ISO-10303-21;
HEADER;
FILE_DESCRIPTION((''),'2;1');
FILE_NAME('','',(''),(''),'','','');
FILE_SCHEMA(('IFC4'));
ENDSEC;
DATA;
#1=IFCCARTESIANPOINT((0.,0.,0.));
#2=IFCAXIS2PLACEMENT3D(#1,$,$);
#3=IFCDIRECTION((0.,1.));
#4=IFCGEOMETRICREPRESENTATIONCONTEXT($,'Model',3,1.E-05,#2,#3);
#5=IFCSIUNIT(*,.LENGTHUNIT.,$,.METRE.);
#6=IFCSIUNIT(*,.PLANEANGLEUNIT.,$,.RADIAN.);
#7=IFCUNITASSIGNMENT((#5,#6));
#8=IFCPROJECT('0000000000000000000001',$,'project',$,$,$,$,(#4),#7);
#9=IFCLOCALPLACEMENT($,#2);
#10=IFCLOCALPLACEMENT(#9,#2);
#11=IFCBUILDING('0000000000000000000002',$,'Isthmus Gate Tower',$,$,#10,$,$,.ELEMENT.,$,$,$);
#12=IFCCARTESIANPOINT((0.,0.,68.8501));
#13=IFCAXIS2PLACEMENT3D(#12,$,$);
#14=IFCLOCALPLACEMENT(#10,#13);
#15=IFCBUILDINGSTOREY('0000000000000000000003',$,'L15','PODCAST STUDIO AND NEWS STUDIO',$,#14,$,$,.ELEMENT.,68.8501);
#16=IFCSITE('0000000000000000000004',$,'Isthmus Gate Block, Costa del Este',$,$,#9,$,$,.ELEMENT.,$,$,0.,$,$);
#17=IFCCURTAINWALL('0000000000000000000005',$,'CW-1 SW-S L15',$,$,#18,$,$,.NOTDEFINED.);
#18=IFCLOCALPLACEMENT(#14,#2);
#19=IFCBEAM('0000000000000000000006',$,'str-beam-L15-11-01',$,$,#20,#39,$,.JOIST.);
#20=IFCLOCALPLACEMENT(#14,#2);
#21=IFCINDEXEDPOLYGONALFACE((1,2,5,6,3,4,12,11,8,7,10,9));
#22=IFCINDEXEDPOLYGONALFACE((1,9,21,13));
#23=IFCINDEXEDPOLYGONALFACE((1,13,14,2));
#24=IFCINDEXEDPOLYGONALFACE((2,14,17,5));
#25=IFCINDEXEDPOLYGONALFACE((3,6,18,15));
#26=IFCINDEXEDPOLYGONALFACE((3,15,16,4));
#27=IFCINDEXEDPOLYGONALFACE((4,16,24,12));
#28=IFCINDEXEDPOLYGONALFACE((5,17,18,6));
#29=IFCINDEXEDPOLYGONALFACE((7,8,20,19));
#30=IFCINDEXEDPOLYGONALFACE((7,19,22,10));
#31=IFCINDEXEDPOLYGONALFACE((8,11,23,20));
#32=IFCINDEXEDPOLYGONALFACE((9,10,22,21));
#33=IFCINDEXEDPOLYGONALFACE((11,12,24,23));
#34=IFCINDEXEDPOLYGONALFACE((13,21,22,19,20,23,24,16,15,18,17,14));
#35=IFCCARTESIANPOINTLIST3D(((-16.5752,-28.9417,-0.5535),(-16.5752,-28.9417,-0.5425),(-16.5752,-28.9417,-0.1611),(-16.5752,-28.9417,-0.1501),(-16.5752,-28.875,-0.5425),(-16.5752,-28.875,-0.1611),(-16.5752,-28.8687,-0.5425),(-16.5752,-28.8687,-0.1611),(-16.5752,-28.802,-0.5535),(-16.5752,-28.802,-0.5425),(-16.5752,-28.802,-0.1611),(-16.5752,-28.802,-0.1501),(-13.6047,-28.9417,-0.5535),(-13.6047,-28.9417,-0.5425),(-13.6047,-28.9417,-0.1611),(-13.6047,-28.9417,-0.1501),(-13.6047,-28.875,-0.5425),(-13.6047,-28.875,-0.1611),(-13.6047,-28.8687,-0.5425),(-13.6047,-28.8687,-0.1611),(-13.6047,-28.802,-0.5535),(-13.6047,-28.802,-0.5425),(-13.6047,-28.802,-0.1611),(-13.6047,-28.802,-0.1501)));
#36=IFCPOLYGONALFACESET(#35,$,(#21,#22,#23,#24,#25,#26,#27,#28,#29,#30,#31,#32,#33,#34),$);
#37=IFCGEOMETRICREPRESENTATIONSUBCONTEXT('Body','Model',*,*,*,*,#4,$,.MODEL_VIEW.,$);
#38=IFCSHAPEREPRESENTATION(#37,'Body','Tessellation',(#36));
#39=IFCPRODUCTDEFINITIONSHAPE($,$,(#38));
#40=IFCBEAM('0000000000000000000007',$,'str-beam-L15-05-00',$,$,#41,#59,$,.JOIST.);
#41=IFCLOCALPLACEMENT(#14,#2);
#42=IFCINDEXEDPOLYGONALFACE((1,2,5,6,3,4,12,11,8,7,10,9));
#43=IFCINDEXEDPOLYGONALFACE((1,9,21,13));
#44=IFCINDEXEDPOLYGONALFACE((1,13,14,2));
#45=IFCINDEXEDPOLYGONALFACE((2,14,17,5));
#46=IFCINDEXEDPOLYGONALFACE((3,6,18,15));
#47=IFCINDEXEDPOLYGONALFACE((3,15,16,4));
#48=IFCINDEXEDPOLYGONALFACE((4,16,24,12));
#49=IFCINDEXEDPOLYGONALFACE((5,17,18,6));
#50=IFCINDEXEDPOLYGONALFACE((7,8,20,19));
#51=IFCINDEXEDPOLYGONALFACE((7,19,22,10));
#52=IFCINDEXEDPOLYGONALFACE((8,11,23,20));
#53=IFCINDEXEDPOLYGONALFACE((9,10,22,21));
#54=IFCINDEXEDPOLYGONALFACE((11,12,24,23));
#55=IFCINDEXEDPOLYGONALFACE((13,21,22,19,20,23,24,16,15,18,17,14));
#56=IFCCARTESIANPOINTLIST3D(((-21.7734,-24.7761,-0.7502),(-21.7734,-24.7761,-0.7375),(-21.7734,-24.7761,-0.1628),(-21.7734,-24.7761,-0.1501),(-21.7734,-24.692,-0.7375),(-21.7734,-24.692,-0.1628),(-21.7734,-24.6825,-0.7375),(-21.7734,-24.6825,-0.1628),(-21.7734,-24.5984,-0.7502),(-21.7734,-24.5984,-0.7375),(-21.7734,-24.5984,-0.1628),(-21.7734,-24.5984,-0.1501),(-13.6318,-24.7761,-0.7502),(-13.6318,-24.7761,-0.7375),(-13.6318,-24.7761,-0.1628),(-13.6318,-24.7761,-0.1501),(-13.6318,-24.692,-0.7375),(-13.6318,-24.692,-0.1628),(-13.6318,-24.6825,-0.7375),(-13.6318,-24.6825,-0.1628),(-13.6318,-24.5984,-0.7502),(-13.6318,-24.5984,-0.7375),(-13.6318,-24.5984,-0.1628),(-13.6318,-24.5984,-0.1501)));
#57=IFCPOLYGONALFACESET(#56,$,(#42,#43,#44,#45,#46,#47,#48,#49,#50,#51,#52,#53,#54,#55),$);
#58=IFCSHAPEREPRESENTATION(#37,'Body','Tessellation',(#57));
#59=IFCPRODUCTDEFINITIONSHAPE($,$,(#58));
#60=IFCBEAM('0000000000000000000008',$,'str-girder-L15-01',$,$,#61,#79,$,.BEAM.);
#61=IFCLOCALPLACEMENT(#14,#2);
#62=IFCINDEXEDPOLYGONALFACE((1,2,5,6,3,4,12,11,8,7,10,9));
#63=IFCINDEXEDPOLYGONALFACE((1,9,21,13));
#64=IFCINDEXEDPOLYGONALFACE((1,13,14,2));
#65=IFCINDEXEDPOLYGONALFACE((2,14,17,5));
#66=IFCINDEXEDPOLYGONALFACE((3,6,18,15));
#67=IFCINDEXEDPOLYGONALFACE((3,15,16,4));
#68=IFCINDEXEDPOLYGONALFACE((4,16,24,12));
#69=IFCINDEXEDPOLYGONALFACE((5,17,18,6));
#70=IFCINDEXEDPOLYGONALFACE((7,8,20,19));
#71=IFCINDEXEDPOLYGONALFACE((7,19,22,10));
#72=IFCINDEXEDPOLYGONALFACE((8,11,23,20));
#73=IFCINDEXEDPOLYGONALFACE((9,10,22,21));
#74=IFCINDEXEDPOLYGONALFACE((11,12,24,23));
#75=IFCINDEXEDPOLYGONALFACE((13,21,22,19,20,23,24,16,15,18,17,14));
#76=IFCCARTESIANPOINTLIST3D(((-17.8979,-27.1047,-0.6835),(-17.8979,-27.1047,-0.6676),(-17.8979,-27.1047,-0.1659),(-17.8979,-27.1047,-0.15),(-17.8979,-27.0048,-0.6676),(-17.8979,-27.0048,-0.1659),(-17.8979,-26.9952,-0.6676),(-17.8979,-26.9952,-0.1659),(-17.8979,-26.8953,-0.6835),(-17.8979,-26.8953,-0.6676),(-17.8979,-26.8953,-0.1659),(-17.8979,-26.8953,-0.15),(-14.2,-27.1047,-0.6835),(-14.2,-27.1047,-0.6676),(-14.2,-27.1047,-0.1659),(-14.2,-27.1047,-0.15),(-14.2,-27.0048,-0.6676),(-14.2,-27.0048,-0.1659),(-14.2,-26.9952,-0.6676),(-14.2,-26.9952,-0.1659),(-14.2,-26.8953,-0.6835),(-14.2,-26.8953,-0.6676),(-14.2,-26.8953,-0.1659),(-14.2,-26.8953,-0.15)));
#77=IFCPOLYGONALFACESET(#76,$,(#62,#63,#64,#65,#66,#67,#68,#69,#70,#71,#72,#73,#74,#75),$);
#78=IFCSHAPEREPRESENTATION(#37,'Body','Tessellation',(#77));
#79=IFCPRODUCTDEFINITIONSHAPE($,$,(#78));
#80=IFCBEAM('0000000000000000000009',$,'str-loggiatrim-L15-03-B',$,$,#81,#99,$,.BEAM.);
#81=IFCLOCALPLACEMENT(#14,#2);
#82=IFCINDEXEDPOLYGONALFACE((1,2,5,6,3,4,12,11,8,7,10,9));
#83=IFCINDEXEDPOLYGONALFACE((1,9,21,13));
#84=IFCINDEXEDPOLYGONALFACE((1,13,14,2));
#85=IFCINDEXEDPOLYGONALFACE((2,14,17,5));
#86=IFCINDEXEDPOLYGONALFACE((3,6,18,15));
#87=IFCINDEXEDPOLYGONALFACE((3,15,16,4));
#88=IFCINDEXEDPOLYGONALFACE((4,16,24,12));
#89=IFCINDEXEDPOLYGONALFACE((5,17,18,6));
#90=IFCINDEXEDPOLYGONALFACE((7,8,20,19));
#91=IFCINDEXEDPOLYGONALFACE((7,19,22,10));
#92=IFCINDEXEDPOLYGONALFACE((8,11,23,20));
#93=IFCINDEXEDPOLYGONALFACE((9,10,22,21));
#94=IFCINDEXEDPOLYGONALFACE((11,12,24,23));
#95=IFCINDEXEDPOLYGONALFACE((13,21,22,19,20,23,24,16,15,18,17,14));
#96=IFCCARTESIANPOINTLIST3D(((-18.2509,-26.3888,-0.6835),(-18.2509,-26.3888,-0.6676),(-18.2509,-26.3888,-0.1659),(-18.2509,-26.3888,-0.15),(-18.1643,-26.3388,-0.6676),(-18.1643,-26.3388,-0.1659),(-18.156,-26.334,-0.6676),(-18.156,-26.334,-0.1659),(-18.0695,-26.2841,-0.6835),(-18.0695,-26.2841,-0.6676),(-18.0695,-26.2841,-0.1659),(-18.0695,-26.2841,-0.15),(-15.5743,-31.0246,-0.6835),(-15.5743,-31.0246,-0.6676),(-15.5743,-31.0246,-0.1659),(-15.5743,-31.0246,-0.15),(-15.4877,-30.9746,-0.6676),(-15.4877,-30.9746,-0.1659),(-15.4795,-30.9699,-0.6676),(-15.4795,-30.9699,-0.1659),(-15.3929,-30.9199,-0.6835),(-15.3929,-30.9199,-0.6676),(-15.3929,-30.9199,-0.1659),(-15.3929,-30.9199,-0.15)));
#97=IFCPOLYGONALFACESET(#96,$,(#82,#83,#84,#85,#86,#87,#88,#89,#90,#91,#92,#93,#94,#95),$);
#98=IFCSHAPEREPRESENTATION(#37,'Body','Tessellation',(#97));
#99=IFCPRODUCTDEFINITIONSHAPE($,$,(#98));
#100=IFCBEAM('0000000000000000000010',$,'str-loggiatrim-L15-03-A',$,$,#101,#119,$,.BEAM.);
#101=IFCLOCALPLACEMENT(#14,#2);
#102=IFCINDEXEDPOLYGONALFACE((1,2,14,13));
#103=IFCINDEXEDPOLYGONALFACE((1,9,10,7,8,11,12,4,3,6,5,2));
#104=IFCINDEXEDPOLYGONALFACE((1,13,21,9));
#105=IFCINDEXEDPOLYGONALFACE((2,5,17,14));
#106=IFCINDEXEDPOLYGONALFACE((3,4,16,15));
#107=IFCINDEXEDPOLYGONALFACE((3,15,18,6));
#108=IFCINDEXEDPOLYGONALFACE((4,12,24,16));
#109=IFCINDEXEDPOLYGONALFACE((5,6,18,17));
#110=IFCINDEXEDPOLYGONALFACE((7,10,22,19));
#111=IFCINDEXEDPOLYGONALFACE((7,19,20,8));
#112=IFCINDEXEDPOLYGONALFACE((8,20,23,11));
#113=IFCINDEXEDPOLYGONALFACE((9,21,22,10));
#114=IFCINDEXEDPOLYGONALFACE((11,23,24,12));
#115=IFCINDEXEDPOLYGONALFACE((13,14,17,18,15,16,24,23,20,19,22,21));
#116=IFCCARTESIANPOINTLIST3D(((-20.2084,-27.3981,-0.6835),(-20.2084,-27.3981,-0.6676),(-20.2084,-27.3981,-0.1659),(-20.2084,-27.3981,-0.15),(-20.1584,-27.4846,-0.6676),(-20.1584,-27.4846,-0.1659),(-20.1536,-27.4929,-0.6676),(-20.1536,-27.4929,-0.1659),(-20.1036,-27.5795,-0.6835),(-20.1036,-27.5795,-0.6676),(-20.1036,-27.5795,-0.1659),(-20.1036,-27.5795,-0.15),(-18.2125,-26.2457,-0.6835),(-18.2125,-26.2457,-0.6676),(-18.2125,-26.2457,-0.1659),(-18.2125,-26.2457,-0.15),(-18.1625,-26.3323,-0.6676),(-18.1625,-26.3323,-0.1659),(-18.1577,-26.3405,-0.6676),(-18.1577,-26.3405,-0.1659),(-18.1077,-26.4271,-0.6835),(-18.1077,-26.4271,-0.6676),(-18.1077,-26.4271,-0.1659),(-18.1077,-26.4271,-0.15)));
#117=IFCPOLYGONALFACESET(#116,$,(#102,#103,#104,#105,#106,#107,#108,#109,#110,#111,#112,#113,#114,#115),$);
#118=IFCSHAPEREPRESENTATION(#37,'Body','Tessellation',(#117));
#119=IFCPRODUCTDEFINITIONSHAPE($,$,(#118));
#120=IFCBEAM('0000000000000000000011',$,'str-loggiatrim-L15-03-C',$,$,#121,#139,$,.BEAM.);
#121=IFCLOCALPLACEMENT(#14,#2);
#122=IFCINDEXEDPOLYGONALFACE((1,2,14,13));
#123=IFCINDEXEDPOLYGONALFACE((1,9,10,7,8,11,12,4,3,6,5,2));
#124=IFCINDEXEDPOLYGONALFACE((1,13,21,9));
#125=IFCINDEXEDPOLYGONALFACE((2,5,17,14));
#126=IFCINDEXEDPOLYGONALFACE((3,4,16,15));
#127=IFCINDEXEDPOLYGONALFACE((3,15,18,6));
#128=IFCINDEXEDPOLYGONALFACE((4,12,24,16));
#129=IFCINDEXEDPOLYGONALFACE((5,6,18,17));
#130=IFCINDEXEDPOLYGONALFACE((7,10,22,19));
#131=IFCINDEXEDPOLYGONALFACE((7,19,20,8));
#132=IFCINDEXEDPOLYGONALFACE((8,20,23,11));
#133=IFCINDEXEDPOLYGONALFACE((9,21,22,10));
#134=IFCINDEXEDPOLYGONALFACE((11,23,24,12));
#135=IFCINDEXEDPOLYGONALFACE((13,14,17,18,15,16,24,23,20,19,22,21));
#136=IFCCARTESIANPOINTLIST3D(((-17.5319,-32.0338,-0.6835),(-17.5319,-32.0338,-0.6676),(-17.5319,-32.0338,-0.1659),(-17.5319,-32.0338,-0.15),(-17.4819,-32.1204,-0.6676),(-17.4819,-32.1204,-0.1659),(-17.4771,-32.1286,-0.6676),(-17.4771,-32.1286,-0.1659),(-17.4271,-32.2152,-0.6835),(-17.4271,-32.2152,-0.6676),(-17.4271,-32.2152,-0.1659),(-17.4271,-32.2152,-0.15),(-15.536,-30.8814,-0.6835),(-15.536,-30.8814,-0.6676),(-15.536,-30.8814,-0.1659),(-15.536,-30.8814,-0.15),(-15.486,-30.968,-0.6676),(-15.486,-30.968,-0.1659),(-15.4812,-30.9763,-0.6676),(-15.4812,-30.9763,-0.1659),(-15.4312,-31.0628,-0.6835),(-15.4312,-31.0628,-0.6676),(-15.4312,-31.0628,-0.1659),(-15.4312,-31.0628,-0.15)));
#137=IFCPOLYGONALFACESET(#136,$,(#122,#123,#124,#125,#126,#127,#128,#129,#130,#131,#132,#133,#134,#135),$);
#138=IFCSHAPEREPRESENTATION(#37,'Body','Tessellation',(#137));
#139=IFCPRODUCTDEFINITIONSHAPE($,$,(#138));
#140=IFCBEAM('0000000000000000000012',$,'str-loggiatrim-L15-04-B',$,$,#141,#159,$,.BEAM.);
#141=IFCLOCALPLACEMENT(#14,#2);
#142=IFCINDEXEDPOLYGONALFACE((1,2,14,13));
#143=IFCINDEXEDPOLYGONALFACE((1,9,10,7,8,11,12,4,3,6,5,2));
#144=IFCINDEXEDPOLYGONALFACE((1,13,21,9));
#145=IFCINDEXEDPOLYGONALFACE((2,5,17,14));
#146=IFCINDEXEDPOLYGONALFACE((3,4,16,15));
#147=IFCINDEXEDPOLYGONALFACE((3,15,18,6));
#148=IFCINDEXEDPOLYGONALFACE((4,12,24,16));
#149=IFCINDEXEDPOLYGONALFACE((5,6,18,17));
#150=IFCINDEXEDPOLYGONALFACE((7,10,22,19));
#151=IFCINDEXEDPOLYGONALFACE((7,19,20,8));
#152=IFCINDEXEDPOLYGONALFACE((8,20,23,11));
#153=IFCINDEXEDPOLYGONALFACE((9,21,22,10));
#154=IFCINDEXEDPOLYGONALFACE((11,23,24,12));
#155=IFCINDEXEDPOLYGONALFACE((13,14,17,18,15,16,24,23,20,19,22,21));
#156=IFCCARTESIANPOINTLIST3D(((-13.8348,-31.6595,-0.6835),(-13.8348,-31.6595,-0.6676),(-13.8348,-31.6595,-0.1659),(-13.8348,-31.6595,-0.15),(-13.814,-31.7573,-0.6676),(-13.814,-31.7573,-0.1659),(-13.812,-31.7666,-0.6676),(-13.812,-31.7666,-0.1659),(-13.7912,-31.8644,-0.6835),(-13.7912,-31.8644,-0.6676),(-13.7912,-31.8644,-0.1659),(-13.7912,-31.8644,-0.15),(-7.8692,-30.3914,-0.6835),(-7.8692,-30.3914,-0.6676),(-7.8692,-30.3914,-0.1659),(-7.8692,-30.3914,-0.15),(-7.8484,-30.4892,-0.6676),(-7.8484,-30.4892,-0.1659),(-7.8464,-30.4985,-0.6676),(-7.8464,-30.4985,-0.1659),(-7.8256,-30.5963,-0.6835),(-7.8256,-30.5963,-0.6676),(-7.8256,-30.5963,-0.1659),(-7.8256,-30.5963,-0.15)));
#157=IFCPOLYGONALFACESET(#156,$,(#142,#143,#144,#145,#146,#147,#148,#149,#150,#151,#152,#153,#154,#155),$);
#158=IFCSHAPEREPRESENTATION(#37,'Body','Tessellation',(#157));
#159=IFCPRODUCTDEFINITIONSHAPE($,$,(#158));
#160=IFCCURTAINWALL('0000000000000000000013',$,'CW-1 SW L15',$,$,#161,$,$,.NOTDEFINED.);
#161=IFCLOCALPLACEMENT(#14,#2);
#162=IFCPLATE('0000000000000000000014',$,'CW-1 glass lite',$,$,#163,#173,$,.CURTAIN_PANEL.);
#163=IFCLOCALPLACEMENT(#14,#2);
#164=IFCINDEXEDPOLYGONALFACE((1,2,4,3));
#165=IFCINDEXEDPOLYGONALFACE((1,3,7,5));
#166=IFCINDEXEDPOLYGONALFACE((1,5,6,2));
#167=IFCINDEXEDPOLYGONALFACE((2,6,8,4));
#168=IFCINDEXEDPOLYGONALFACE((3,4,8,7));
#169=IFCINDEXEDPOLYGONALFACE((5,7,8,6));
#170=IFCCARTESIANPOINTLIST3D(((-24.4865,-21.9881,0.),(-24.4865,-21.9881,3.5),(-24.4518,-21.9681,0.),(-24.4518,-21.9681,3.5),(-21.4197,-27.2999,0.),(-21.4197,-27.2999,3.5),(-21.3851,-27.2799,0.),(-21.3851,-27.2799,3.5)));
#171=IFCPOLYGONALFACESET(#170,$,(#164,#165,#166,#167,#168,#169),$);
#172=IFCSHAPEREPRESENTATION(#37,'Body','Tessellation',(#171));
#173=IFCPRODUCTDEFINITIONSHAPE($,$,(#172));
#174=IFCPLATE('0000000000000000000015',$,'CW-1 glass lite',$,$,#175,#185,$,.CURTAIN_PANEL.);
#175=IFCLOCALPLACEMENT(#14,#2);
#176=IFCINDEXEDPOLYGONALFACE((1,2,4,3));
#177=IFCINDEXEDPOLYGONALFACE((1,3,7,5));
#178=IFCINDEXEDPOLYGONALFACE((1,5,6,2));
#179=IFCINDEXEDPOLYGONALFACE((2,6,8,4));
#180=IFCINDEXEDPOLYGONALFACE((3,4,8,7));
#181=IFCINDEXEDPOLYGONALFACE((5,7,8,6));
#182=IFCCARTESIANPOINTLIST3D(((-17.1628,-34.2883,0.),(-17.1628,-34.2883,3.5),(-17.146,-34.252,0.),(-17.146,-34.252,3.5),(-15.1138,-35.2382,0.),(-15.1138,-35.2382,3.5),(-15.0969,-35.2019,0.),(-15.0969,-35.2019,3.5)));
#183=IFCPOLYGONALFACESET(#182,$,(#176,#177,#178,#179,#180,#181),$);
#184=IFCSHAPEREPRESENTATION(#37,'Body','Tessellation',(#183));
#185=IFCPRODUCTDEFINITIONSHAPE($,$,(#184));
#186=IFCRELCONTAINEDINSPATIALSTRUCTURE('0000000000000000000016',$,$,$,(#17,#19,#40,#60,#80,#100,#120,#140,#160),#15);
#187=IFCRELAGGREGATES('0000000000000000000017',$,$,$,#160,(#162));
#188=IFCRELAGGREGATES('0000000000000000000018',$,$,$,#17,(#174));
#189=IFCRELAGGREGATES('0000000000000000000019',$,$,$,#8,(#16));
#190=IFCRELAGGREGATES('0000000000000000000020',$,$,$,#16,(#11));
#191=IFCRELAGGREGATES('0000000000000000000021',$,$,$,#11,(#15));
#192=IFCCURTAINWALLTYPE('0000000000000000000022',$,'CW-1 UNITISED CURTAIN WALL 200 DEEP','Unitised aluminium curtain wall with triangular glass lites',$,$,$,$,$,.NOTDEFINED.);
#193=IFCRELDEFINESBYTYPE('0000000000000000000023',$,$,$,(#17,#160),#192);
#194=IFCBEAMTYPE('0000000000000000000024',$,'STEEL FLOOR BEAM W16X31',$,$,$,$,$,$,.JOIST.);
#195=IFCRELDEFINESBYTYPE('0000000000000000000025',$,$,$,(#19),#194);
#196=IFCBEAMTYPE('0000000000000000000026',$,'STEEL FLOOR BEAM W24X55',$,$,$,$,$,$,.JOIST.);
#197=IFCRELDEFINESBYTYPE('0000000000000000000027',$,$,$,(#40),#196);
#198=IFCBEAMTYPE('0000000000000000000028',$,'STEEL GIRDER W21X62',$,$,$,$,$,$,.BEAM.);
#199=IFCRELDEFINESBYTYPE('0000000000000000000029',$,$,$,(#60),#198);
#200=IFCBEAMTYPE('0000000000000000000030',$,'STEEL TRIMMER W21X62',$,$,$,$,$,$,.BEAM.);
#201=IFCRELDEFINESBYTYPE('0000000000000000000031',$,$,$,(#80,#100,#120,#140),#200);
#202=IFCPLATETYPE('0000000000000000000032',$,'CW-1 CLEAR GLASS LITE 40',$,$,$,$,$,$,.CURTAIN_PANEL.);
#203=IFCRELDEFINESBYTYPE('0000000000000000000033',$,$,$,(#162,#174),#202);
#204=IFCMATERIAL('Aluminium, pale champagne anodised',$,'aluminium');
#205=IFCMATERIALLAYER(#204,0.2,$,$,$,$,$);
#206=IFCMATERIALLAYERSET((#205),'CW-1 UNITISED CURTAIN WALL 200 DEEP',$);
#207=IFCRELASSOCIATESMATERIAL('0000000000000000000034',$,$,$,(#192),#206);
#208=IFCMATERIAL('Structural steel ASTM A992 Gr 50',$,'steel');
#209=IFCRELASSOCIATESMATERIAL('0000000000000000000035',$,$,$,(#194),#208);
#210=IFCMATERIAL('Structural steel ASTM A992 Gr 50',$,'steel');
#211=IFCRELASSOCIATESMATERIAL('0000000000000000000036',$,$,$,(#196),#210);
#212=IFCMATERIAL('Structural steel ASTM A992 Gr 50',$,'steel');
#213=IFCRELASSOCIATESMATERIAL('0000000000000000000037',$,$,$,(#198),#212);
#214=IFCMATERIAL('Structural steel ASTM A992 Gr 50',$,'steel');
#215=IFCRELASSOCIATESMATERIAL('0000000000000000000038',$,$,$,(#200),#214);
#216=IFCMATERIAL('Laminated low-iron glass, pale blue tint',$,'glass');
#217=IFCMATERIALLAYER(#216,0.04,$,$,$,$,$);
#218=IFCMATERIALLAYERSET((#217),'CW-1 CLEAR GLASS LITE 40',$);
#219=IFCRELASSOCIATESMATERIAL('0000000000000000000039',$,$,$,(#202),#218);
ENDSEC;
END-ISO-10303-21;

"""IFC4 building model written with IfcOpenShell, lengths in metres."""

from ifc_helpers import new_model, si_unit, direction, frame, origin, origin_2d, place, context, subcontext, project, spatial, rectangle, i_section, extrude, material, layer, layer_set, material_profile, profile_set, type_object, element, aggregate, save


model = new_model("IFC4")

# Units and contexts
model_context = context("Model", 3, precision=1e-05, world=origin(), true_north=direction((0.0, 1.0)))
body_context = subcontext(model_context, "Body", "Model", "MODEL_VIEW")
ifc_project = project(units=[si_unit("LENGTHUNIT", "METRE"), si_unit("PLANEANGLEUNIT", "RADIAN")], contexts=[model_context])

# Site, building, storey
site_placement = place(None, origin())
site = spatial("IfcSite", under=ifc_project, at=site_placement, Name="Isthmus Gate Block, Costa del Este", CompositionType="ELEMENT", RefElevation=0.0)
building_placement = place(site_placement, origin())
building = spatial("IfcBuilding", under=site, at=building_placement, Name="Isthmus Gate Tower", CompositionType="ELEMENT")
storey_placement = place(building_placement, frame((0.0, 0.0, 68.8501)))
storey = spatial("IfcBuildingStorey", under=building, at=storey_placement, Name="L15", Description="PODCAST STUDIO AND NEWS STUDIO", CompositionType="ELEMENT", Elevation=68.8501)

# Curtain wall
ifc_material_1 = material(Name="Aluminium, pale champagne anodised", Category="aluminium")
ifc_layer_1 = layer(ifc_material_1, 0.2)
ifc_layer_set_1 = layer_set([ifc_layer_1], Name="CW-1 UNITISED CURTAIN WALL 200 DEEP")
curtain_wall_type_1 = type_object("IfcCurtainWallType", Name="CW-1 UNITISED CURTAIN WALL 200 DEEP", Description="Unitised aluminium curtain wall with triangular glass lites", PredefinedType="NOTDEFINED", material=ifc_layer_set_1)
curtain_wall_1_placement = place(storey_placement, origin())
curtain_wall_1 = element("IfcCurtainWall", 1, at=curtain_wall_1_placement, inside=storey, type_object=curtain_wall_type_1, Name="CW-1 SW-S L15", PredefinedType="NOTDEFINED")

# Beams
ifc_material_2 = material(Name="Structural steel ASTM A992 Gr 50", Category="steel")
ifc_material_profile_1 = material_profile(ifc_material_2, i_section(OverallWidth=0.1396, OverallDepth=0.4033, WebThickness=0.0063, FlangeThickness=0.011, at=origin_2d()), Name="W16X31")
ifc_profile_set_1 = profile_set([ifc_material_profile_1], Name="Structural steel ASTM A992 Gr 50")
beam_type_1 = type_object("IfcBeamType", Name="STEEL FLOOR BEAM W16X31", PredefinedType="JOIST", material=ifc_profile_set_1)
beam_1_placement = place(storey_placement, frame((-16.5752, -28.8718, -0.3518), z_axis=(1.0, 0.0, 0.0), x_axis=(0.0, 1.0, 0.0)))
element("IfcBeam", 2, at=beam_1_placement, inside=storey, type_object=beam_type_1, Name="str-beam-L15-11-01", PredefinedType="JOIST", context=body_context, shape_type="SweptSolid", body=[
    extrude(i_section(OverallWidth=0.1396, OverallDepth=0.4033, WebThickness=0.0063, FlangeThickness=0.011, at=origin_2d()), origin(), (0.0, 0.0, 1.0), 2.9705),
])
ifc_material_3 = material(Name="Structural steel ASTM A992 Gr 50", Category="steel")
ifc_material_profile_2 = material_profile(ifc_material_3, i_section(OverallWidth=0.1777, OverallDepth=0.6001, WebThickness=0.0095, FlangeThickness=0.0127, at=origin_2d()), Name="W24X55")
ifc_profile_set_2 = profile_set([ifc_material_profile_2], Name="Structural steel ASTM A992 Gr 50")
beam_type_2 = type_object("IfcBeamType", Name="STEEL FLOOR BEAM W24X55", PredefinedType="JOIST", material=ifc_profile_set_2)
beam_2_placement = place(storey_placement, frame((-21.7734, -24.6873, -0.4502), z_axis=(1.0, 0.0, 0.0), x_axis=(0.0, 1.0, 0.0)))
element("IfcBeam", 3, at=beam_2_placement, inside=storey, type_object=beam_type_2, Name="str-beam-L15-05-00", PredefinedType="JOIST", context=body_context, shape_type="SweptSolid", body=[
    extrude(i_section(OverallWidth=0.1777, OverallDepth=0.6001, WebThickness=0.0095, FlangeThickness=0.0127, at=origin_2d()), origin(), (0.0, 0.0, 1.0), 8.1416),
])
ifc_material_4 = material(Name="Structural steel ASTM A992 Gr 50", Category="steel")
ifc_material_profile_3 = material_profile(ifc_material_4, i_section(OverallWidth=0.2095, OverallDepth=0.5334, WebThickness=0.0095, FlangeThickness=0.0159, at=origin_2d()), Name="W21X62")
ifc_profile_set_3 = profile_set([ifc_material_profile_3], Name="Structural steel ASTM A992 Gr 50")
beam_type_3 = type_object("IfcBeamType", Name="STEEL GIRDER W21X62", PredefinedType="BEAM", material=ifc_profile_set_3)
beam_3_placement = place(storey_placement, frame((-17.8979, -27.0, -0.4167), z_axis=(1.0, 0.0, 0.0), x_axis=(0.0, 1.0, 0.0)))
element("IfcBeam", 4, at=beam_3_placement, inside=storey, type_object=beam_type_3, Name="str-girder-L15-01", PredefinedType="BEAM", context=body_context, shape_type="SweptSolid", body=[
    extrude(i_section(OverallWidth=0.2095, OverallDepth=0.5334, WebThickness=0.0095, FlangeThickness=0.0159, at=origin_2d()), origin(), (0.0, 0.0, 1.0), 3.698),
])
ifc_material_5 = material(Name="Structural steel ASTM A992 Gr 50", Category="steel")
ifc_material_profile_4 = material_profile(ifc_material_5, i_section(OverallWidth=0.2095, OverallDepth=0.5334, WebThickness=0.0095, FlangeThickness=0.0159, at=origin_2d()), Name="W21X62")
ifc_profile_set_4 = profile_set([ifc_material_profile_4], Name="Structural steel ASTM A992 Gr 50")
beam_type_4 = type_object("IfcBeamType", Name="STEEL TRIMMER W21X62", PredefinedType="BEAM", material=ifc_profile_set_4)
beam_4_placement = place(storey_placement, frame((-18.1602, -26.3364, -0.4167), z_axis=(0.500009, -0.86602, 0.0), x_axis=(0.86602, 0.500009, 0.0)))
element("IfcBeam", 5, at=beam_4_placement, inside=storey, type_object=beam_type_4, Name="str-loggiatrim-L15-03-B", PredefinedType="BEAM", context=body_context, shape_type="SweptSolid", body=[
    extrude(i_section(OverallWidth=0.2095, OverallDepth=0.5334, WebThickness=0.0095, FlangeThickness=0.0159, at=origin_2d()), origin(), (0.0, 0.0, 1.0), 5.353),
])
for number, where, z_axis, x_axis, name in (
    (6, (-20.156, -27.4888, -0.4167), (0.866018, 0.500013, 0.0), (-0.500013, 0.866018, 0.0), "str-loggiatrim-L15-03-A"),
    (7, (-17.4795, -32.1245, -0.4167), (0.866018, 0.500013, 0.0), (-0.500013, 0.866018, 0.0), "str-loggiatrim-L15-03-C"),
):
    element("IfcBeam", number, at=place(storey_placement, frame(where, z_axis=z_axis, x_axis=x_axis)), inside=storey, type_object=beam_type_4, Name=name, PredefinedType="BEAM", context=body_context, shape_type="SweptSolid", body=[
        extrude(i_section(OverallWidth=0.2095, OverallDepth=0.5334, WebThickness=0.0095, FlangeThickness=0.0159, at=origin_2d()), origin(), (0.0, 0.0, 1.0), 2.3047),
    ])
beam_5_placement = place(storey_placement, frame((-13.813, -31.762, -0.4167), z_axis=(0.978146, 0.207919, 0.0), x_axis=(-0.207919, 0.978146, 0.0)))
element("IfcBeam", 8, at=beam_5_placement, inside=storey, type_object=beam_type_4, Name="str-loggiatrim-L15-04-B", PredefinedType="BEAM", context=body_context, shape_type="SweptSolid", body=[
    extrude(i_section(OverallWidth=0.2095, OverallDepth=0.5334, WebThickness=0.0095, FlangeThickness=0.0159, at=origin_2d()), origin(), (0.0, 0.0, 1.0), 6.0989),
])

# Curtain wall, plate
curtain_wall_2_placement = place(storey_placement, origin())
curtain_wall_2 = element("IfcCurtainWall", 9, at=curtain_wall_2_placement, inside=storey, type_object=curtain_wall_type_1, Name="CW-1 SW L15", PredefinedType="NOTDEFINED")
ifc_material_6 = material(Name="Laminated low-iron glass, pale blue tint", Category="glass")
ifc_layer_2 = layer(ifc_material_6, 0.04)
ifc_layer_set_2 = layer_set([ifc_layer_2], Name="CW-1 CLEAR GLASS LITE 40")
plate_type_1 = type_object("IfcPlateType", Name="CW-1 CLEAR GLASS LITE 40", PredefinedType="CURTAIN_PANEL", material=ifc_layer_set_2)
plate_1_placement = place(storey_placement, frame((-22.9358, -24.634, 0.0), z_axis=(0.0, 0.0, 1.0), x_axis=(0.5, -0.866025, 0.0)))
plate_1 = element("IfcPlate", 10, at=plate_1_placement, type_object=plate_type_1, Name="CW-1 glass lite", PredefinedType="CURTAIN_PANEL", context=body_context, shape_type="SweptSolid", body=[
    extrude(rectangle(XDim=6.1335, YDim=0.04, at=origin_2d()), origin(), (0.0, 0.0, 1.0), 3.5),
])
aggregate(curtain_wall_2, [plate_1])

# Plate
plate_2_placement = place(storey_placement, frame((-16.1299, -34.7451, 0.0), z_axis=(0.0, 0.0, 1.0), x_axis=(0.907256, -0.420578, 0.0)))
plate_2 = element("IfcPlate", 11, at=plate_2_placement, type_object=plate_type_1, Name="CW-1 glass lite", PredefinedType="CURTAIN_PANEL", context=body_context, shape_type="SweptSolid", body=[
    extrude(rectangle(XDim=2.2585, YDim=0.04, at=origin_2d()), origin(), (0.0, 0.0, 1.0), 3.5),
])
aggregate(curtain_wall_1, [plate_2])

save(model, "model.ifc")
